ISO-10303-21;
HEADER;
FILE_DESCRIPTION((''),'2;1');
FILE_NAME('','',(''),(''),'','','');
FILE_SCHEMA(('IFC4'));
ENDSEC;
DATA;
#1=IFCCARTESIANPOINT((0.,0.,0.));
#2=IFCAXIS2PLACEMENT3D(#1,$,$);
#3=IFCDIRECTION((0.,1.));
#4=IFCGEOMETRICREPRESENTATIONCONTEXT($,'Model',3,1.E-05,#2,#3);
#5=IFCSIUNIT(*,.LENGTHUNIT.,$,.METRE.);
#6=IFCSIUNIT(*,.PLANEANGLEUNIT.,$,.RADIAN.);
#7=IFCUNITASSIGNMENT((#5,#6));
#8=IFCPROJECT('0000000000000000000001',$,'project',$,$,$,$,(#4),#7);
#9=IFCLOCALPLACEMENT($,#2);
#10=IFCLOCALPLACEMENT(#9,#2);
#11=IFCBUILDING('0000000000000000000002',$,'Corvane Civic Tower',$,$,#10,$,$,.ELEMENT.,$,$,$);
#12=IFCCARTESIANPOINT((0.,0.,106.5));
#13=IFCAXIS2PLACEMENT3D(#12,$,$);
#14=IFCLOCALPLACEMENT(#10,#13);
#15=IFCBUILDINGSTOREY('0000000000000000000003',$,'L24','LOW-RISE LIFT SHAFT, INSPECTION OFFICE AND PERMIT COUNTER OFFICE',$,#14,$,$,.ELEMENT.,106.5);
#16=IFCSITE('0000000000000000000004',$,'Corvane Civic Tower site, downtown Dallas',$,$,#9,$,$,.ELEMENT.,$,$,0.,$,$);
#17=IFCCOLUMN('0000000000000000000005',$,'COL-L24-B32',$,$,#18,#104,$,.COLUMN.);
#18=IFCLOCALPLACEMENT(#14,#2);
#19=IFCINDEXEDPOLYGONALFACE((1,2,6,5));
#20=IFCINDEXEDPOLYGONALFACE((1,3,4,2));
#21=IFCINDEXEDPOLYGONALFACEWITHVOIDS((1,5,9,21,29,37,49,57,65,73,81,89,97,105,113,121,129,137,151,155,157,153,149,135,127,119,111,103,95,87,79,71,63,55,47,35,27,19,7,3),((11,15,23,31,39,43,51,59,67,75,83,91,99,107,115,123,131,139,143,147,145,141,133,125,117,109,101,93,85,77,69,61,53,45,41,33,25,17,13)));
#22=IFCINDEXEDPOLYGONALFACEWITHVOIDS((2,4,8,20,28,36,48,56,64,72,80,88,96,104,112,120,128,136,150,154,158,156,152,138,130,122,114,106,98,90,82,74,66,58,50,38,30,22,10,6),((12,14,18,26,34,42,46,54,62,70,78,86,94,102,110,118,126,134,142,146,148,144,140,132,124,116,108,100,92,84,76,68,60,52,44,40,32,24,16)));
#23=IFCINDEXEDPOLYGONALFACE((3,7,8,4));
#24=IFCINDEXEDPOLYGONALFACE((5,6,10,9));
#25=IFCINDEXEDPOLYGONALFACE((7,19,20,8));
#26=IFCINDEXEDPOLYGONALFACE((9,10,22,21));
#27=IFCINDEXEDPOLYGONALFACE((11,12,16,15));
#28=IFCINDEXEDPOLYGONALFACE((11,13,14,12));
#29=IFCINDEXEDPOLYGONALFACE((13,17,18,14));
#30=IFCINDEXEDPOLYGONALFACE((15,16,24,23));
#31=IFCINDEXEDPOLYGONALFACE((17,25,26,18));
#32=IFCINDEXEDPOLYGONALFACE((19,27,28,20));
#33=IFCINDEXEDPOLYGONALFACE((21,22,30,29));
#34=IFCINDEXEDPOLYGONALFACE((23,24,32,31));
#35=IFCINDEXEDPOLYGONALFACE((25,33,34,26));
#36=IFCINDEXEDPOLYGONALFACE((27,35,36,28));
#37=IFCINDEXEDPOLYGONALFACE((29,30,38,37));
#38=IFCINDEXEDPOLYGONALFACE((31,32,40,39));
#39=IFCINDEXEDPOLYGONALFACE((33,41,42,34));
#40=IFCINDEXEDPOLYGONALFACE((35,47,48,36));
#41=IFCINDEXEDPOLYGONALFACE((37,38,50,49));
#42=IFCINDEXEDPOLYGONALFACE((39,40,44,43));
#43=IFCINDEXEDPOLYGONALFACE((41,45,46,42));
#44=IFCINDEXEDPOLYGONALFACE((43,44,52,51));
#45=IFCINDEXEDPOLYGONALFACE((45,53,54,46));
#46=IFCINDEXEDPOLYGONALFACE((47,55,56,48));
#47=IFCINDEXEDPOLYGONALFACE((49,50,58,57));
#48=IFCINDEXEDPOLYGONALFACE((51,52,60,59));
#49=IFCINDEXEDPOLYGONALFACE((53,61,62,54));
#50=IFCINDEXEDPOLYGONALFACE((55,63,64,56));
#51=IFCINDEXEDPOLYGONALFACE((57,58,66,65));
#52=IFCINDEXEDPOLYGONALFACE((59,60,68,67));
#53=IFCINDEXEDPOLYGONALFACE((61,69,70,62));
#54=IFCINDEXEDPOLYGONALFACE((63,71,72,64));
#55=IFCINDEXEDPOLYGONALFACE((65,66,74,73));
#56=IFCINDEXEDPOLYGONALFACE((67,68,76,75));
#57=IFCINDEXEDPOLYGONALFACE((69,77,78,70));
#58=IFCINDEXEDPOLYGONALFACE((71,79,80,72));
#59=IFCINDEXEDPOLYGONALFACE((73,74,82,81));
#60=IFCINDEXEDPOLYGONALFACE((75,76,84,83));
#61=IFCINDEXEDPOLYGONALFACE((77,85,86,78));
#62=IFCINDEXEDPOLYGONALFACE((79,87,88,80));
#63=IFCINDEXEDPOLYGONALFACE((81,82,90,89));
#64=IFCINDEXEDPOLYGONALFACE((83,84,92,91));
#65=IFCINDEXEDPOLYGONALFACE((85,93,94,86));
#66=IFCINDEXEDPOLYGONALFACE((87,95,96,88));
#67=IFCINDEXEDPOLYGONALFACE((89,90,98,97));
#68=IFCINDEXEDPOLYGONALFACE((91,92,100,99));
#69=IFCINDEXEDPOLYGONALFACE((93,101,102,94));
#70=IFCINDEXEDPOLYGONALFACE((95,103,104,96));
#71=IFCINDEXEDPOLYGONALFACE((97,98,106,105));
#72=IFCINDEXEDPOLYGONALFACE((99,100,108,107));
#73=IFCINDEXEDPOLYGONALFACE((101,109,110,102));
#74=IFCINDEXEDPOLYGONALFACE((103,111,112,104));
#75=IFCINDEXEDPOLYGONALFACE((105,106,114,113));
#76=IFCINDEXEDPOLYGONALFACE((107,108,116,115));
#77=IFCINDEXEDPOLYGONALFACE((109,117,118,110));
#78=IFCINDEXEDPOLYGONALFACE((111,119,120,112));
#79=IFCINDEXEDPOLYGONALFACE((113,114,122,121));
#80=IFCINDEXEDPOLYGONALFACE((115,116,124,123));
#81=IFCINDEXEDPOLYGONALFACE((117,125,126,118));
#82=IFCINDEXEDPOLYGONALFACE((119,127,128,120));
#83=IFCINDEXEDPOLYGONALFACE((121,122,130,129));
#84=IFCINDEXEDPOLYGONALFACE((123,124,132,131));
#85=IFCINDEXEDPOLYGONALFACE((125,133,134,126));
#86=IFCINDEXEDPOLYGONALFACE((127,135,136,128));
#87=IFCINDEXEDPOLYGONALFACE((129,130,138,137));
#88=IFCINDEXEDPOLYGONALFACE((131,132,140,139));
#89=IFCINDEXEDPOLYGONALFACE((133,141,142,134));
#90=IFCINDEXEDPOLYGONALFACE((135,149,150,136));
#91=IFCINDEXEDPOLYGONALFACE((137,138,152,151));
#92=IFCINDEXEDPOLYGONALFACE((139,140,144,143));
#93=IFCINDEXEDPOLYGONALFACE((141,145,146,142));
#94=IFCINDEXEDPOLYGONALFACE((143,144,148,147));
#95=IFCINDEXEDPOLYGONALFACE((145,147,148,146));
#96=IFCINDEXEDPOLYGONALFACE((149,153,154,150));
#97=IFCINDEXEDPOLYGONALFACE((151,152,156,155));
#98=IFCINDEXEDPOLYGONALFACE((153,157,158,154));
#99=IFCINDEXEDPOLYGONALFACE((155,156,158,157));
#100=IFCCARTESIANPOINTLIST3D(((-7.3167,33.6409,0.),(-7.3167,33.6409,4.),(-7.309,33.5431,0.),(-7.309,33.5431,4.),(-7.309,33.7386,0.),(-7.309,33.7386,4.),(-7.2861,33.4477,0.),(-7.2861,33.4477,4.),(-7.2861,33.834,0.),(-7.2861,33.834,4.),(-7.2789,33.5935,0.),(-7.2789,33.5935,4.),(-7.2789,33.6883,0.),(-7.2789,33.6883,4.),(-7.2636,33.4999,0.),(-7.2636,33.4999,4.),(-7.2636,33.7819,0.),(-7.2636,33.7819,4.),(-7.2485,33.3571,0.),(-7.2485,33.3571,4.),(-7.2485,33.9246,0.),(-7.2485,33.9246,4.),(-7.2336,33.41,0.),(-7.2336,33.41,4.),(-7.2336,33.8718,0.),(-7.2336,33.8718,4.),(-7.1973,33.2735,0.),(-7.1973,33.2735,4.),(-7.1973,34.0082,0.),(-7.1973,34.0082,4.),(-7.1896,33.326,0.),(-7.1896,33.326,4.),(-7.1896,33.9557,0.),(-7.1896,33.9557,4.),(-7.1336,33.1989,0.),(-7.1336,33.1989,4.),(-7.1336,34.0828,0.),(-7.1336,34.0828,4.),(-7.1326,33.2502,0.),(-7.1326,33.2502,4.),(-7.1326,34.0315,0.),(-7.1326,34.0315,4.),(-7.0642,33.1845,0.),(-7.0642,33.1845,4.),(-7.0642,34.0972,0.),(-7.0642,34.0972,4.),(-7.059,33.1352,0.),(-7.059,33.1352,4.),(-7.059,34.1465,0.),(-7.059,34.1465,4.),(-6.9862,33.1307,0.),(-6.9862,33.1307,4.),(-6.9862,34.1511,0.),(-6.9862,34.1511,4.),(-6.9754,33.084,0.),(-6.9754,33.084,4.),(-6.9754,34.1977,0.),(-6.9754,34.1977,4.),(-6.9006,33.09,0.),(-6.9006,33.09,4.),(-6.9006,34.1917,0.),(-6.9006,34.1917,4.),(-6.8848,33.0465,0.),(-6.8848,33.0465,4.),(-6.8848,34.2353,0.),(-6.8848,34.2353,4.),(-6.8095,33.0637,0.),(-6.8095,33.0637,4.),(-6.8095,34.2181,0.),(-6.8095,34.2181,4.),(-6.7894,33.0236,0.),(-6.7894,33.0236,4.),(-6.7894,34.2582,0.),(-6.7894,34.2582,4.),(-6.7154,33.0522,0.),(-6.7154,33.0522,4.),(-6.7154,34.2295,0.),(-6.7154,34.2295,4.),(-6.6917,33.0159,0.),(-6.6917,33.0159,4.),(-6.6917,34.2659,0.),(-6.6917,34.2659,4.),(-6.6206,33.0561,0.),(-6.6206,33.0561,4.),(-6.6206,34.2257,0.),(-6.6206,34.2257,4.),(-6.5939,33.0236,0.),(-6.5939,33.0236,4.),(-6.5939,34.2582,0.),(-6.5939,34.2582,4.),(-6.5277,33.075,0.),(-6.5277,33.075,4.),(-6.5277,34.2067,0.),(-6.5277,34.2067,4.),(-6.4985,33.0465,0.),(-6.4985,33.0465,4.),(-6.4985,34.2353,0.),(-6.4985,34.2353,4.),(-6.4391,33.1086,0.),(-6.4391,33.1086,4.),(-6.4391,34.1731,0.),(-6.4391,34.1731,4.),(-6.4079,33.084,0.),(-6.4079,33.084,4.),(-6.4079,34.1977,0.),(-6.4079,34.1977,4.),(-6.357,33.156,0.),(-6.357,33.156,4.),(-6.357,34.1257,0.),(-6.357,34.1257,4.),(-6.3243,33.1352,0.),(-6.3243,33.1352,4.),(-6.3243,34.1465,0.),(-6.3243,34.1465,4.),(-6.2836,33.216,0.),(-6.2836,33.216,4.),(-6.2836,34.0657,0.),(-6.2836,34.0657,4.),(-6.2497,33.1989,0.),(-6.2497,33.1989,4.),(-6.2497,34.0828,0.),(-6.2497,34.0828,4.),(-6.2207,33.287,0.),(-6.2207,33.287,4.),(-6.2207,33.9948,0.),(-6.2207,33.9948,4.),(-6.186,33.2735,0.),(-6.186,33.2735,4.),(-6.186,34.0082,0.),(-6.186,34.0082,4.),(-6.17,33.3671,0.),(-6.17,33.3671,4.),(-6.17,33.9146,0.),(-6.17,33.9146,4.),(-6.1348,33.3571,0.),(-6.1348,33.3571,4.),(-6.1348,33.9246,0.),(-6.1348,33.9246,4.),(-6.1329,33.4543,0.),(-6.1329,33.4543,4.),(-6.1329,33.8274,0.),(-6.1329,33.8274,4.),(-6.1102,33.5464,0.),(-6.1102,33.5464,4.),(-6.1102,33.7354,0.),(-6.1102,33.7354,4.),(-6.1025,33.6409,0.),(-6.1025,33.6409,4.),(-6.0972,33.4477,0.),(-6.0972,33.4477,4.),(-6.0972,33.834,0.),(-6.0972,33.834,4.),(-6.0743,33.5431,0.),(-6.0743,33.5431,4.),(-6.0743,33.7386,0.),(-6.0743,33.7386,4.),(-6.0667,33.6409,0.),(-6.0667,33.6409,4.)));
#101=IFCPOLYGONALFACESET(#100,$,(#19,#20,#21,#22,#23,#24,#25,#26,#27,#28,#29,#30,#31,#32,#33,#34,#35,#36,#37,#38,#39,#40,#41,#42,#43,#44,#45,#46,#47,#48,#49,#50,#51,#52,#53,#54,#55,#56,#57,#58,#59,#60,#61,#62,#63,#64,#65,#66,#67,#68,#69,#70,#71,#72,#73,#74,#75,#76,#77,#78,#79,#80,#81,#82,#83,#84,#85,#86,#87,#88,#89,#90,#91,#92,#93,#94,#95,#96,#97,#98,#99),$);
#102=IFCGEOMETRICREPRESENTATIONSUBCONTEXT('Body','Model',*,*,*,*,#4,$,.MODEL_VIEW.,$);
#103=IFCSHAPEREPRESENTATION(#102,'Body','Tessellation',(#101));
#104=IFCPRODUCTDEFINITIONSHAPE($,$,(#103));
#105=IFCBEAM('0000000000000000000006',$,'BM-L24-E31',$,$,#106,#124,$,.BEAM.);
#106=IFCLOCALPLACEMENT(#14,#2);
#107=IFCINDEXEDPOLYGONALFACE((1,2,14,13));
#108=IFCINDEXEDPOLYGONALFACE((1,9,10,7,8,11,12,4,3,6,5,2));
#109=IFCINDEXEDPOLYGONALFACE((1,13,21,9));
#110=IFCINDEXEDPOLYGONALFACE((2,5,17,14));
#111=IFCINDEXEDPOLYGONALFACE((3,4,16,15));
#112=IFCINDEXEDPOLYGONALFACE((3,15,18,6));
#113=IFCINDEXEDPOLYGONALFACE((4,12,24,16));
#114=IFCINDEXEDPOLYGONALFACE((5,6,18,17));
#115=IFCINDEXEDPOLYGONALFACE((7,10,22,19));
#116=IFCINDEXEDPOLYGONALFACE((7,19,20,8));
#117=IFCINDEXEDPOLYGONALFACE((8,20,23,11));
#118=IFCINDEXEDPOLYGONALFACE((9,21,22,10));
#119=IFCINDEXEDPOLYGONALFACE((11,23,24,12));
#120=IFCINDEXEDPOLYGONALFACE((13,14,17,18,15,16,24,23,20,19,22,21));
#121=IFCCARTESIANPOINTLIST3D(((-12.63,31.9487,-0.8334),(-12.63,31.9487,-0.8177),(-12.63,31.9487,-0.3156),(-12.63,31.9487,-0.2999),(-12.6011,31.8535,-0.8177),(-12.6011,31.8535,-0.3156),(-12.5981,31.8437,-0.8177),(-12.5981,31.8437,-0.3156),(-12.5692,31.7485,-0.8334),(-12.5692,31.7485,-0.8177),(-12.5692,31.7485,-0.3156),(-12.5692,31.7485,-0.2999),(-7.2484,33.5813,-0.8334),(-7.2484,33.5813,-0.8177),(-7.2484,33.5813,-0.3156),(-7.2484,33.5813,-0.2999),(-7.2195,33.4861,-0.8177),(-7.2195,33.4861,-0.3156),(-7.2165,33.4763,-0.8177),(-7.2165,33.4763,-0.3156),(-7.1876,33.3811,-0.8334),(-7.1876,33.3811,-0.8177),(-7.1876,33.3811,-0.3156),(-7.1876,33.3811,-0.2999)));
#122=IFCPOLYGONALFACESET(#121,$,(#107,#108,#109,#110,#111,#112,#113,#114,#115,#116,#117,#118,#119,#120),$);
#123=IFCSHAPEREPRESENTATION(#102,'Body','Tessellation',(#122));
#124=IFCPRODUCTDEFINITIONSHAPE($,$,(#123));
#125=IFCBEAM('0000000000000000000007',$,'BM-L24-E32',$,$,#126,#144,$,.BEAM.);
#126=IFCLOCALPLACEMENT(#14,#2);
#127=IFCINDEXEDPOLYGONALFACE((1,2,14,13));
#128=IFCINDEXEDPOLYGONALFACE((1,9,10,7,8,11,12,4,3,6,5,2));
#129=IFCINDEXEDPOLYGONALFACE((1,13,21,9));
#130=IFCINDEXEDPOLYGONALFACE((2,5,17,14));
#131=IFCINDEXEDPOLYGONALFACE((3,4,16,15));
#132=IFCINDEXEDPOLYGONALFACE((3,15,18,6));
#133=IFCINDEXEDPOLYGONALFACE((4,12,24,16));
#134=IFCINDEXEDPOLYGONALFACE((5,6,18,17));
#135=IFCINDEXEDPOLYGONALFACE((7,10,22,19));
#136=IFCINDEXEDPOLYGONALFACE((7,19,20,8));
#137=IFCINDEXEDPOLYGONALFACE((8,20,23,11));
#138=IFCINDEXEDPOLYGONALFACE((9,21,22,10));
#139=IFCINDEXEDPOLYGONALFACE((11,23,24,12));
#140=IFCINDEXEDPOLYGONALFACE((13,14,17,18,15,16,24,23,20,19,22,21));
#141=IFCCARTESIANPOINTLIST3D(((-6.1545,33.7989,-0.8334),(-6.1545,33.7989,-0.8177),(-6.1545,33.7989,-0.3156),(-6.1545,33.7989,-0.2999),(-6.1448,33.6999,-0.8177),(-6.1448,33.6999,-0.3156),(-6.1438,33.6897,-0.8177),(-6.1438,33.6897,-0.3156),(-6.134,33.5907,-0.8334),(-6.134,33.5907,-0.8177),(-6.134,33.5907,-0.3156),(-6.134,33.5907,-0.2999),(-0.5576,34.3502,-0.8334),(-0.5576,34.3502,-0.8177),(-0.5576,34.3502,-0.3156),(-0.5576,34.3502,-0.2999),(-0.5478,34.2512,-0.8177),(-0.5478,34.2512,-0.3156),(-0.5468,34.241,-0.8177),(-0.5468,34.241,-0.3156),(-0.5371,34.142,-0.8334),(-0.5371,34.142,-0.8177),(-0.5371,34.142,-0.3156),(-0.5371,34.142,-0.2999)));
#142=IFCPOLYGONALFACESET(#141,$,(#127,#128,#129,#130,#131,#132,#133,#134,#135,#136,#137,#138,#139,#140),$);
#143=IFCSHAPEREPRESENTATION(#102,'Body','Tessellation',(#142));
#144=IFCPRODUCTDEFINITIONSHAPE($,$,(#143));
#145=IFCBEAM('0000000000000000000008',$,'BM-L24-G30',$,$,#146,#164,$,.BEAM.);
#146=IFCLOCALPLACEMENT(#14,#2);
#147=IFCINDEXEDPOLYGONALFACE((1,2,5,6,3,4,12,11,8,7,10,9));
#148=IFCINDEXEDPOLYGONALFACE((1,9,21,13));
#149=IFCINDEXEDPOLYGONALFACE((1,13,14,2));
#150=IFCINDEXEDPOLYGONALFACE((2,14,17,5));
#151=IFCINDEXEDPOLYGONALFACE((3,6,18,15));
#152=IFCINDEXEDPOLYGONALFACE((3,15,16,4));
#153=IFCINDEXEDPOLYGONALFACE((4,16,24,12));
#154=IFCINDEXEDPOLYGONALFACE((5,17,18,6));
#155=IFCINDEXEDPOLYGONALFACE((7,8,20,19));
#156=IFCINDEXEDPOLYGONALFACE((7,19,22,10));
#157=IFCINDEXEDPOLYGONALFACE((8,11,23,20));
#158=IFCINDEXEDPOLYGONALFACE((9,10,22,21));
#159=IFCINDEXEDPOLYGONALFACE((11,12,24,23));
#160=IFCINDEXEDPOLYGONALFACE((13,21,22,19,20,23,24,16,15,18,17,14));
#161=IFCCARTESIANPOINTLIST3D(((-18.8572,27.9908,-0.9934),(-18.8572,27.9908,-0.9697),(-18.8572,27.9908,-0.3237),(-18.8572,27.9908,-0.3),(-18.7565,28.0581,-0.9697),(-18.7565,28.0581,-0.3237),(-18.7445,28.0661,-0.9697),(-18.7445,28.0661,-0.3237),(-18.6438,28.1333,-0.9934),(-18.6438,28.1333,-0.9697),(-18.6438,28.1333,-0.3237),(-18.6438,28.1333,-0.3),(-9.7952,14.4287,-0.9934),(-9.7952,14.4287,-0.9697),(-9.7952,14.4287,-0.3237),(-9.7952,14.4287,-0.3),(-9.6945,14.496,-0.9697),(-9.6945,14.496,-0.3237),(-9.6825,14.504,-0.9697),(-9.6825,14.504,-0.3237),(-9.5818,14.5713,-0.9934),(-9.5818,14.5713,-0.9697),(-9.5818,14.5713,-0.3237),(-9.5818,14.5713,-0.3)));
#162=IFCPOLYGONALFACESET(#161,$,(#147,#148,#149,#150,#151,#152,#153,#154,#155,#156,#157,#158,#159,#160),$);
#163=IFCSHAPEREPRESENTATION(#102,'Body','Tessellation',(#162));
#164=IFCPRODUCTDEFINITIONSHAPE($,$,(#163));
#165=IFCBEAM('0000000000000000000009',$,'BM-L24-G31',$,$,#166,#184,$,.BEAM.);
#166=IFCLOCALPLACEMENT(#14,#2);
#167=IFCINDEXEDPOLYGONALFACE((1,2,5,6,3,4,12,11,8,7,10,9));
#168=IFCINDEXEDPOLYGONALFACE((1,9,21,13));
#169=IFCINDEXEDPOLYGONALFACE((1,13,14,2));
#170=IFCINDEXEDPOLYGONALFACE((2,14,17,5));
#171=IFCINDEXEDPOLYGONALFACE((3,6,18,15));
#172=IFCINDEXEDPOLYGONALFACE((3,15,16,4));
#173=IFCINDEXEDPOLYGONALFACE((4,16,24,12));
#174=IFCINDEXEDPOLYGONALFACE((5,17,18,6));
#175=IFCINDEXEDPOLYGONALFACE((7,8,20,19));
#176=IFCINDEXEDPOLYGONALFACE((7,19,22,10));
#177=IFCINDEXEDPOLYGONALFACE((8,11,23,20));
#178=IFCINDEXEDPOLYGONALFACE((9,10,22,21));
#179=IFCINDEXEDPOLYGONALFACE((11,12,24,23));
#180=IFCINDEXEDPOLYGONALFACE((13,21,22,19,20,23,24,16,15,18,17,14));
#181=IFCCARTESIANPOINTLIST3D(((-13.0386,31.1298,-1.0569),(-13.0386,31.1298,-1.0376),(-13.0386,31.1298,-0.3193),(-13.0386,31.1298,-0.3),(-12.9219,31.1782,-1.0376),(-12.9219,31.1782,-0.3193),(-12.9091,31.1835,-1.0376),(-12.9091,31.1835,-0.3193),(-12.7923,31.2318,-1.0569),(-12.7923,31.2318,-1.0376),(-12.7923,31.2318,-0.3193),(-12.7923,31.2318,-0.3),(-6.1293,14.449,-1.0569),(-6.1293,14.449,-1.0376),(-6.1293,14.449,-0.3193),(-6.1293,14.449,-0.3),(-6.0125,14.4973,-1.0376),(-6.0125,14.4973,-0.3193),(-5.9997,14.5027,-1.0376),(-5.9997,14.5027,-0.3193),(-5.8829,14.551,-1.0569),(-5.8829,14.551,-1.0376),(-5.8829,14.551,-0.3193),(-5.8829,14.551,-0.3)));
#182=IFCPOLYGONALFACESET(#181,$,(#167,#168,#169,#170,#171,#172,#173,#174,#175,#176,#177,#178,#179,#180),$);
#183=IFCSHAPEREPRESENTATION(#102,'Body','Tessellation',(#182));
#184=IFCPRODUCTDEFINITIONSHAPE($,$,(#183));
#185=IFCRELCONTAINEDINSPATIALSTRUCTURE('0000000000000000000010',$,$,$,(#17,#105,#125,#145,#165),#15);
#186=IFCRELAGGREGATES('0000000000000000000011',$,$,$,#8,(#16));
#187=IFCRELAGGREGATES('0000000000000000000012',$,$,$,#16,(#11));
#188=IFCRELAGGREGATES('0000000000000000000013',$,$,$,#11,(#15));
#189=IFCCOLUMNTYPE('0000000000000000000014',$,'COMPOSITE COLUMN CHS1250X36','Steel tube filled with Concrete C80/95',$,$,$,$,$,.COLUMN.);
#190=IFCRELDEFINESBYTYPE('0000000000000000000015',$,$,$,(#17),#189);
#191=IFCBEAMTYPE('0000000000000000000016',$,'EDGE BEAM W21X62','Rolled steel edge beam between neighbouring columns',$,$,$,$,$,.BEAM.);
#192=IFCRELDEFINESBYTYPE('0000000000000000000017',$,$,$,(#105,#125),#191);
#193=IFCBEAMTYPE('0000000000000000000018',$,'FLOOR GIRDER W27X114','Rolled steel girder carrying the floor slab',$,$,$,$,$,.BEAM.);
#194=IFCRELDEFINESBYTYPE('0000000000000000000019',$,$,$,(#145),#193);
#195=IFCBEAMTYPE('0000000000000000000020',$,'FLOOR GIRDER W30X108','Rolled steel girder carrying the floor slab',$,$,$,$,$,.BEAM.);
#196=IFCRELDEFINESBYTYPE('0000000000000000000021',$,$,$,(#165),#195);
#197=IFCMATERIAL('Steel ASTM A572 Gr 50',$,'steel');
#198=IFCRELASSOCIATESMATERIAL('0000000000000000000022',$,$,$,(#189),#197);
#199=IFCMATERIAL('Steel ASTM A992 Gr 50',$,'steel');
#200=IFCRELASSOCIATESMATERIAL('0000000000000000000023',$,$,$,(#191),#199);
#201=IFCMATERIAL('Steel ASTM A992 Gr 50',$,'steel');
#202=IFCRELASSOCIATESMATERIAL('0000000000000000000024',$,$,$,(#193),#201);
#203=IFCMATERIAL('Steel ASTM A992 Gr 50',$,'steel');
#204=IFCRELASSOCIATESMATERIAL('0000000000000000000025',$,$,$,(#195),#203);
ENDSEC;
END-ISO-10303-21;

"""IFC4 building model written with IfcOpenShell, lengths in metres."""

from ifc_helpers import new_model, si_unit, direction, frame, origin, origin_2d, place, context, subcontext, project, spatial, hollow_circle, i_section, extrude, material, material_profile, profile_set, type_object, element, save


model = new_model("IFC4")

# Units and contexts
model_context = context("Model", 3, precision=1e-05, world=origin(), true_north=direction((0.0, 1.0)))
body_context = subcontext(model_context, "Body", "Model", "MODEL_VIEW")
ifc_project = project(units=[si_unit("LENGTHUNIT", "METRE"), si_unit("PLANEANGLEUNIT", "RADIAN")], contexts=[model_context])

# Site, building, storey
site_placement = place(None, origin())
site = spatial("IfcSite", under=ifc_project, at=site_placement, Name="Corvane Civic Tower site, downtown Dallas", CompositionType="ELEMENT", RefElevation=0.0)
building_placement = place(site_placement, origin())
building = spatial("IfcBuilding", under=site, at=building_placement, Name="Corvane Civic Tower", CompositionType="ELEMENT")
storey_placement = place(building_placement, frame((0.0, 0.0, 106.5)))
storey = spatial("IfcBuildingStorey", under=building, at=storey_placement, Name="L24", Description="LOW-RISE LIFT SHAFT, INSPECTION OFFICE AND PERMIT COUNTER OFFICE", CompositionType="ELEMENT", Elevation=106.5)

# Column
ifc_material_1 = material(Name="Steel ASTM A572 Gr 50", Category="steel")
ifc_material_profile_1 = material_profile(ifc_material_1, hollow_circle(Radius=0.625, WallThickness=0.0359, at=origin_2d()), Name="CHS1250X36")
ifc_profile_set_1 = profile_set([ifc_material_profile_1], Name="Steel ASTM A572 Gr 50")
column_type = type_object("IfcColumnType", Name="COMPOSITE COLUMN CHS1250X36", Description="Steel tube filled with Concrete C80/95", PredefinedType="COLUMN", material=ifc_profile_set_1)
for number, where, z_axis, x_axis, name in (
    (1, (-6.6917, 33.6409, 0.0), (0.0, 0.0, 1.0), (1.0, 0.0, 0.0), "COL-L24-B32"),
):
    element("IfcColumn", number, at=place(storey_placement, frame(where, z_axis=z_axis, x_axis=x_axis)), inside=storey, type_object=column_type, Name=name, PredefinedType="COLUMN", context=body_context, shape_type="SweptSolid", body=[
        extrude(hollow_circle(Radius=0.625, WallThickness=0.0359, at=origin_2d()), origin(), (0.0, 0.0, 1.0), 4.0),
    ])

# Beams
ifc_material_2 = material(Name="Steel ASTM A992 Gr 50", Category="steel")
ifc_material_profile_2 = material_profile(ifc_material_2, i_section(OverallWidth=0.2092, OverallDepth=0.5334, WebThickness=0.0103, FlangeThickness=0.0156, at=origin_2d()), Name="W21X62")
ifc_profile_set_2 = profile_set([ifc_material_profile_2], Name="Steel ASTM A992 Gr 50")
beam_type_1 = type_object("IfcBeamType", Name="EDGE BEAM W21X62", Description="Rolled steel edge beam between neighbouring columns", PredefinedType="BEAM", material=ifc_profile_set_2)
beam_1_placement = place(storey_placement, frame((-12.5996, 31.8486, -0.5667), z_axis=(0.956936, 0.290298, 0.0), x_axis=(-0.290298, 0.956936, 0.0)))
element("IfcBeam", 2, at=beam_1_placement, inside=storey, type_object=beam_type_1, Name="BM-L24-E31", PredefinedType="BEAM", context=body_context, shape_type="SweptSolid", body=[
    extrude(i_section(OverallWidth=0.2092, OverallDepth=0.5334, WebThickness=0.0103, FlangeThickness=0.0156, at=origin_2d()), origin(), (0.0, 0.0, 1.0), 5.6238),
])
beam_2_placement = place(storey_placement, frame((-6.1443, 33.6948, -0.5667), z_axis=(0.995184, 0.098021, 0.0), x_axis=(-0.098021, 0.995184, 0.0)))
element("IfcBeam", 3, at=beam_2_placement, inside=storey, type_object=beam_type_1, Name="BM-L24-E32", PredefinedType="BEAM", context=body_context, shape_type="SweptSolid", body=[
    extrude(i_section(OverallWidth=0.2092, OverallDepth=0.5334, WebThickness=0.0103, FlangeThickness=0.0156, at=origin_2d()), origin(), (0.0, 0.0, 1.0), 5.624),
])
ifc_material_3 = material(Name="Steel ASTM A992 Gr 50", Category="steel")
ifc_material_profile_3 = material_profile(ifc_material_3, i_section(OverallWidth=0.2566, OverallDepth=0.6934, WebThickness=0.0144, FlangeThickness=0.0237, at=origin_2d()), Name="W27X114")
ifc_profile_set_3 = profile_set([ifc_material_profile_3], Name="Steel ASTM A992 Gr 50")
beam_type_2 = type_object("IfcBeamType", Name="FLOOR GIRDER W27X114", Description="Rolled steel girder carrying the floor slab", PredefinedType="BEAM", material=ifc_profile_set_3)
beam_3_placement = place(storey_placement, frame((-9.6885, 14.5, -0.6467), z_axis=(-0.555577, 0.831465, 0.0), x_axis=(-0.831465, -0.555577, 0.0)))
element("IfcBeam", 4, at=beam_3_placement, inside=storey, type_object=beam_type_2, Name="BM-L24-G30", PredefinedType="BEAM", context=body_context, shape_type="SweptSolid", body=[
    extrude(i_section(OverallWidth=0.2566, OverallDepth=0.6934, WebThickness=0.0144, FlangeThickness=0.0237, at=origin_2d()), origin(), (0.0, 0.0, 1.0), 16.311),
])
ifc_material_4 = material(Name="Steel ASTM A992 Gr 50", Category="steel")
ifc_material_profile_4 = material_profile(ifc_material_4, i_section(OverallWidth=0.2666, OverallDepth=0.7568, WebThickness=0.0139, FlangeThickness=0.0193, at=origin_2d()), Name="W30X108")
ifc_profile_set_4 = profile_set([ifc_material_profile_4], Name="Steel ASTM A992 Gr 50")
beam_type_3 = type_object("IfcBeamType", Name="FLOOR GIRDER W30X108", Description="Rolled steel girder carrying the floor slab", PredefinedType="BEAM", material=ifc_profile_set_4)
beam_4_placement = place(storey_placement, frame((-6.0061, 14.5, -0.6785), z_axis=(-0.382682, 0.92388, 0.0), x_axis=(-0.92388, -0.382682, 0.0)))
element("IfcBeam", 5, at=beam_4_placement, inside=storey, type_object=beam_type_3, Name="BM-L24-G31", PredefinedType="BEAM", context=body_context, shape_type="SweptSolid", body=[
    extrude(i_section(OverallWidth=0.2666, OverallDepth=0.7568, WebThickness=0.0139, FlangeThickness=0.0193, at=origin_2d()), origin(), (0.0, 0.0, 1.0), 18.0552),
])

save(model, "model.ifc")
